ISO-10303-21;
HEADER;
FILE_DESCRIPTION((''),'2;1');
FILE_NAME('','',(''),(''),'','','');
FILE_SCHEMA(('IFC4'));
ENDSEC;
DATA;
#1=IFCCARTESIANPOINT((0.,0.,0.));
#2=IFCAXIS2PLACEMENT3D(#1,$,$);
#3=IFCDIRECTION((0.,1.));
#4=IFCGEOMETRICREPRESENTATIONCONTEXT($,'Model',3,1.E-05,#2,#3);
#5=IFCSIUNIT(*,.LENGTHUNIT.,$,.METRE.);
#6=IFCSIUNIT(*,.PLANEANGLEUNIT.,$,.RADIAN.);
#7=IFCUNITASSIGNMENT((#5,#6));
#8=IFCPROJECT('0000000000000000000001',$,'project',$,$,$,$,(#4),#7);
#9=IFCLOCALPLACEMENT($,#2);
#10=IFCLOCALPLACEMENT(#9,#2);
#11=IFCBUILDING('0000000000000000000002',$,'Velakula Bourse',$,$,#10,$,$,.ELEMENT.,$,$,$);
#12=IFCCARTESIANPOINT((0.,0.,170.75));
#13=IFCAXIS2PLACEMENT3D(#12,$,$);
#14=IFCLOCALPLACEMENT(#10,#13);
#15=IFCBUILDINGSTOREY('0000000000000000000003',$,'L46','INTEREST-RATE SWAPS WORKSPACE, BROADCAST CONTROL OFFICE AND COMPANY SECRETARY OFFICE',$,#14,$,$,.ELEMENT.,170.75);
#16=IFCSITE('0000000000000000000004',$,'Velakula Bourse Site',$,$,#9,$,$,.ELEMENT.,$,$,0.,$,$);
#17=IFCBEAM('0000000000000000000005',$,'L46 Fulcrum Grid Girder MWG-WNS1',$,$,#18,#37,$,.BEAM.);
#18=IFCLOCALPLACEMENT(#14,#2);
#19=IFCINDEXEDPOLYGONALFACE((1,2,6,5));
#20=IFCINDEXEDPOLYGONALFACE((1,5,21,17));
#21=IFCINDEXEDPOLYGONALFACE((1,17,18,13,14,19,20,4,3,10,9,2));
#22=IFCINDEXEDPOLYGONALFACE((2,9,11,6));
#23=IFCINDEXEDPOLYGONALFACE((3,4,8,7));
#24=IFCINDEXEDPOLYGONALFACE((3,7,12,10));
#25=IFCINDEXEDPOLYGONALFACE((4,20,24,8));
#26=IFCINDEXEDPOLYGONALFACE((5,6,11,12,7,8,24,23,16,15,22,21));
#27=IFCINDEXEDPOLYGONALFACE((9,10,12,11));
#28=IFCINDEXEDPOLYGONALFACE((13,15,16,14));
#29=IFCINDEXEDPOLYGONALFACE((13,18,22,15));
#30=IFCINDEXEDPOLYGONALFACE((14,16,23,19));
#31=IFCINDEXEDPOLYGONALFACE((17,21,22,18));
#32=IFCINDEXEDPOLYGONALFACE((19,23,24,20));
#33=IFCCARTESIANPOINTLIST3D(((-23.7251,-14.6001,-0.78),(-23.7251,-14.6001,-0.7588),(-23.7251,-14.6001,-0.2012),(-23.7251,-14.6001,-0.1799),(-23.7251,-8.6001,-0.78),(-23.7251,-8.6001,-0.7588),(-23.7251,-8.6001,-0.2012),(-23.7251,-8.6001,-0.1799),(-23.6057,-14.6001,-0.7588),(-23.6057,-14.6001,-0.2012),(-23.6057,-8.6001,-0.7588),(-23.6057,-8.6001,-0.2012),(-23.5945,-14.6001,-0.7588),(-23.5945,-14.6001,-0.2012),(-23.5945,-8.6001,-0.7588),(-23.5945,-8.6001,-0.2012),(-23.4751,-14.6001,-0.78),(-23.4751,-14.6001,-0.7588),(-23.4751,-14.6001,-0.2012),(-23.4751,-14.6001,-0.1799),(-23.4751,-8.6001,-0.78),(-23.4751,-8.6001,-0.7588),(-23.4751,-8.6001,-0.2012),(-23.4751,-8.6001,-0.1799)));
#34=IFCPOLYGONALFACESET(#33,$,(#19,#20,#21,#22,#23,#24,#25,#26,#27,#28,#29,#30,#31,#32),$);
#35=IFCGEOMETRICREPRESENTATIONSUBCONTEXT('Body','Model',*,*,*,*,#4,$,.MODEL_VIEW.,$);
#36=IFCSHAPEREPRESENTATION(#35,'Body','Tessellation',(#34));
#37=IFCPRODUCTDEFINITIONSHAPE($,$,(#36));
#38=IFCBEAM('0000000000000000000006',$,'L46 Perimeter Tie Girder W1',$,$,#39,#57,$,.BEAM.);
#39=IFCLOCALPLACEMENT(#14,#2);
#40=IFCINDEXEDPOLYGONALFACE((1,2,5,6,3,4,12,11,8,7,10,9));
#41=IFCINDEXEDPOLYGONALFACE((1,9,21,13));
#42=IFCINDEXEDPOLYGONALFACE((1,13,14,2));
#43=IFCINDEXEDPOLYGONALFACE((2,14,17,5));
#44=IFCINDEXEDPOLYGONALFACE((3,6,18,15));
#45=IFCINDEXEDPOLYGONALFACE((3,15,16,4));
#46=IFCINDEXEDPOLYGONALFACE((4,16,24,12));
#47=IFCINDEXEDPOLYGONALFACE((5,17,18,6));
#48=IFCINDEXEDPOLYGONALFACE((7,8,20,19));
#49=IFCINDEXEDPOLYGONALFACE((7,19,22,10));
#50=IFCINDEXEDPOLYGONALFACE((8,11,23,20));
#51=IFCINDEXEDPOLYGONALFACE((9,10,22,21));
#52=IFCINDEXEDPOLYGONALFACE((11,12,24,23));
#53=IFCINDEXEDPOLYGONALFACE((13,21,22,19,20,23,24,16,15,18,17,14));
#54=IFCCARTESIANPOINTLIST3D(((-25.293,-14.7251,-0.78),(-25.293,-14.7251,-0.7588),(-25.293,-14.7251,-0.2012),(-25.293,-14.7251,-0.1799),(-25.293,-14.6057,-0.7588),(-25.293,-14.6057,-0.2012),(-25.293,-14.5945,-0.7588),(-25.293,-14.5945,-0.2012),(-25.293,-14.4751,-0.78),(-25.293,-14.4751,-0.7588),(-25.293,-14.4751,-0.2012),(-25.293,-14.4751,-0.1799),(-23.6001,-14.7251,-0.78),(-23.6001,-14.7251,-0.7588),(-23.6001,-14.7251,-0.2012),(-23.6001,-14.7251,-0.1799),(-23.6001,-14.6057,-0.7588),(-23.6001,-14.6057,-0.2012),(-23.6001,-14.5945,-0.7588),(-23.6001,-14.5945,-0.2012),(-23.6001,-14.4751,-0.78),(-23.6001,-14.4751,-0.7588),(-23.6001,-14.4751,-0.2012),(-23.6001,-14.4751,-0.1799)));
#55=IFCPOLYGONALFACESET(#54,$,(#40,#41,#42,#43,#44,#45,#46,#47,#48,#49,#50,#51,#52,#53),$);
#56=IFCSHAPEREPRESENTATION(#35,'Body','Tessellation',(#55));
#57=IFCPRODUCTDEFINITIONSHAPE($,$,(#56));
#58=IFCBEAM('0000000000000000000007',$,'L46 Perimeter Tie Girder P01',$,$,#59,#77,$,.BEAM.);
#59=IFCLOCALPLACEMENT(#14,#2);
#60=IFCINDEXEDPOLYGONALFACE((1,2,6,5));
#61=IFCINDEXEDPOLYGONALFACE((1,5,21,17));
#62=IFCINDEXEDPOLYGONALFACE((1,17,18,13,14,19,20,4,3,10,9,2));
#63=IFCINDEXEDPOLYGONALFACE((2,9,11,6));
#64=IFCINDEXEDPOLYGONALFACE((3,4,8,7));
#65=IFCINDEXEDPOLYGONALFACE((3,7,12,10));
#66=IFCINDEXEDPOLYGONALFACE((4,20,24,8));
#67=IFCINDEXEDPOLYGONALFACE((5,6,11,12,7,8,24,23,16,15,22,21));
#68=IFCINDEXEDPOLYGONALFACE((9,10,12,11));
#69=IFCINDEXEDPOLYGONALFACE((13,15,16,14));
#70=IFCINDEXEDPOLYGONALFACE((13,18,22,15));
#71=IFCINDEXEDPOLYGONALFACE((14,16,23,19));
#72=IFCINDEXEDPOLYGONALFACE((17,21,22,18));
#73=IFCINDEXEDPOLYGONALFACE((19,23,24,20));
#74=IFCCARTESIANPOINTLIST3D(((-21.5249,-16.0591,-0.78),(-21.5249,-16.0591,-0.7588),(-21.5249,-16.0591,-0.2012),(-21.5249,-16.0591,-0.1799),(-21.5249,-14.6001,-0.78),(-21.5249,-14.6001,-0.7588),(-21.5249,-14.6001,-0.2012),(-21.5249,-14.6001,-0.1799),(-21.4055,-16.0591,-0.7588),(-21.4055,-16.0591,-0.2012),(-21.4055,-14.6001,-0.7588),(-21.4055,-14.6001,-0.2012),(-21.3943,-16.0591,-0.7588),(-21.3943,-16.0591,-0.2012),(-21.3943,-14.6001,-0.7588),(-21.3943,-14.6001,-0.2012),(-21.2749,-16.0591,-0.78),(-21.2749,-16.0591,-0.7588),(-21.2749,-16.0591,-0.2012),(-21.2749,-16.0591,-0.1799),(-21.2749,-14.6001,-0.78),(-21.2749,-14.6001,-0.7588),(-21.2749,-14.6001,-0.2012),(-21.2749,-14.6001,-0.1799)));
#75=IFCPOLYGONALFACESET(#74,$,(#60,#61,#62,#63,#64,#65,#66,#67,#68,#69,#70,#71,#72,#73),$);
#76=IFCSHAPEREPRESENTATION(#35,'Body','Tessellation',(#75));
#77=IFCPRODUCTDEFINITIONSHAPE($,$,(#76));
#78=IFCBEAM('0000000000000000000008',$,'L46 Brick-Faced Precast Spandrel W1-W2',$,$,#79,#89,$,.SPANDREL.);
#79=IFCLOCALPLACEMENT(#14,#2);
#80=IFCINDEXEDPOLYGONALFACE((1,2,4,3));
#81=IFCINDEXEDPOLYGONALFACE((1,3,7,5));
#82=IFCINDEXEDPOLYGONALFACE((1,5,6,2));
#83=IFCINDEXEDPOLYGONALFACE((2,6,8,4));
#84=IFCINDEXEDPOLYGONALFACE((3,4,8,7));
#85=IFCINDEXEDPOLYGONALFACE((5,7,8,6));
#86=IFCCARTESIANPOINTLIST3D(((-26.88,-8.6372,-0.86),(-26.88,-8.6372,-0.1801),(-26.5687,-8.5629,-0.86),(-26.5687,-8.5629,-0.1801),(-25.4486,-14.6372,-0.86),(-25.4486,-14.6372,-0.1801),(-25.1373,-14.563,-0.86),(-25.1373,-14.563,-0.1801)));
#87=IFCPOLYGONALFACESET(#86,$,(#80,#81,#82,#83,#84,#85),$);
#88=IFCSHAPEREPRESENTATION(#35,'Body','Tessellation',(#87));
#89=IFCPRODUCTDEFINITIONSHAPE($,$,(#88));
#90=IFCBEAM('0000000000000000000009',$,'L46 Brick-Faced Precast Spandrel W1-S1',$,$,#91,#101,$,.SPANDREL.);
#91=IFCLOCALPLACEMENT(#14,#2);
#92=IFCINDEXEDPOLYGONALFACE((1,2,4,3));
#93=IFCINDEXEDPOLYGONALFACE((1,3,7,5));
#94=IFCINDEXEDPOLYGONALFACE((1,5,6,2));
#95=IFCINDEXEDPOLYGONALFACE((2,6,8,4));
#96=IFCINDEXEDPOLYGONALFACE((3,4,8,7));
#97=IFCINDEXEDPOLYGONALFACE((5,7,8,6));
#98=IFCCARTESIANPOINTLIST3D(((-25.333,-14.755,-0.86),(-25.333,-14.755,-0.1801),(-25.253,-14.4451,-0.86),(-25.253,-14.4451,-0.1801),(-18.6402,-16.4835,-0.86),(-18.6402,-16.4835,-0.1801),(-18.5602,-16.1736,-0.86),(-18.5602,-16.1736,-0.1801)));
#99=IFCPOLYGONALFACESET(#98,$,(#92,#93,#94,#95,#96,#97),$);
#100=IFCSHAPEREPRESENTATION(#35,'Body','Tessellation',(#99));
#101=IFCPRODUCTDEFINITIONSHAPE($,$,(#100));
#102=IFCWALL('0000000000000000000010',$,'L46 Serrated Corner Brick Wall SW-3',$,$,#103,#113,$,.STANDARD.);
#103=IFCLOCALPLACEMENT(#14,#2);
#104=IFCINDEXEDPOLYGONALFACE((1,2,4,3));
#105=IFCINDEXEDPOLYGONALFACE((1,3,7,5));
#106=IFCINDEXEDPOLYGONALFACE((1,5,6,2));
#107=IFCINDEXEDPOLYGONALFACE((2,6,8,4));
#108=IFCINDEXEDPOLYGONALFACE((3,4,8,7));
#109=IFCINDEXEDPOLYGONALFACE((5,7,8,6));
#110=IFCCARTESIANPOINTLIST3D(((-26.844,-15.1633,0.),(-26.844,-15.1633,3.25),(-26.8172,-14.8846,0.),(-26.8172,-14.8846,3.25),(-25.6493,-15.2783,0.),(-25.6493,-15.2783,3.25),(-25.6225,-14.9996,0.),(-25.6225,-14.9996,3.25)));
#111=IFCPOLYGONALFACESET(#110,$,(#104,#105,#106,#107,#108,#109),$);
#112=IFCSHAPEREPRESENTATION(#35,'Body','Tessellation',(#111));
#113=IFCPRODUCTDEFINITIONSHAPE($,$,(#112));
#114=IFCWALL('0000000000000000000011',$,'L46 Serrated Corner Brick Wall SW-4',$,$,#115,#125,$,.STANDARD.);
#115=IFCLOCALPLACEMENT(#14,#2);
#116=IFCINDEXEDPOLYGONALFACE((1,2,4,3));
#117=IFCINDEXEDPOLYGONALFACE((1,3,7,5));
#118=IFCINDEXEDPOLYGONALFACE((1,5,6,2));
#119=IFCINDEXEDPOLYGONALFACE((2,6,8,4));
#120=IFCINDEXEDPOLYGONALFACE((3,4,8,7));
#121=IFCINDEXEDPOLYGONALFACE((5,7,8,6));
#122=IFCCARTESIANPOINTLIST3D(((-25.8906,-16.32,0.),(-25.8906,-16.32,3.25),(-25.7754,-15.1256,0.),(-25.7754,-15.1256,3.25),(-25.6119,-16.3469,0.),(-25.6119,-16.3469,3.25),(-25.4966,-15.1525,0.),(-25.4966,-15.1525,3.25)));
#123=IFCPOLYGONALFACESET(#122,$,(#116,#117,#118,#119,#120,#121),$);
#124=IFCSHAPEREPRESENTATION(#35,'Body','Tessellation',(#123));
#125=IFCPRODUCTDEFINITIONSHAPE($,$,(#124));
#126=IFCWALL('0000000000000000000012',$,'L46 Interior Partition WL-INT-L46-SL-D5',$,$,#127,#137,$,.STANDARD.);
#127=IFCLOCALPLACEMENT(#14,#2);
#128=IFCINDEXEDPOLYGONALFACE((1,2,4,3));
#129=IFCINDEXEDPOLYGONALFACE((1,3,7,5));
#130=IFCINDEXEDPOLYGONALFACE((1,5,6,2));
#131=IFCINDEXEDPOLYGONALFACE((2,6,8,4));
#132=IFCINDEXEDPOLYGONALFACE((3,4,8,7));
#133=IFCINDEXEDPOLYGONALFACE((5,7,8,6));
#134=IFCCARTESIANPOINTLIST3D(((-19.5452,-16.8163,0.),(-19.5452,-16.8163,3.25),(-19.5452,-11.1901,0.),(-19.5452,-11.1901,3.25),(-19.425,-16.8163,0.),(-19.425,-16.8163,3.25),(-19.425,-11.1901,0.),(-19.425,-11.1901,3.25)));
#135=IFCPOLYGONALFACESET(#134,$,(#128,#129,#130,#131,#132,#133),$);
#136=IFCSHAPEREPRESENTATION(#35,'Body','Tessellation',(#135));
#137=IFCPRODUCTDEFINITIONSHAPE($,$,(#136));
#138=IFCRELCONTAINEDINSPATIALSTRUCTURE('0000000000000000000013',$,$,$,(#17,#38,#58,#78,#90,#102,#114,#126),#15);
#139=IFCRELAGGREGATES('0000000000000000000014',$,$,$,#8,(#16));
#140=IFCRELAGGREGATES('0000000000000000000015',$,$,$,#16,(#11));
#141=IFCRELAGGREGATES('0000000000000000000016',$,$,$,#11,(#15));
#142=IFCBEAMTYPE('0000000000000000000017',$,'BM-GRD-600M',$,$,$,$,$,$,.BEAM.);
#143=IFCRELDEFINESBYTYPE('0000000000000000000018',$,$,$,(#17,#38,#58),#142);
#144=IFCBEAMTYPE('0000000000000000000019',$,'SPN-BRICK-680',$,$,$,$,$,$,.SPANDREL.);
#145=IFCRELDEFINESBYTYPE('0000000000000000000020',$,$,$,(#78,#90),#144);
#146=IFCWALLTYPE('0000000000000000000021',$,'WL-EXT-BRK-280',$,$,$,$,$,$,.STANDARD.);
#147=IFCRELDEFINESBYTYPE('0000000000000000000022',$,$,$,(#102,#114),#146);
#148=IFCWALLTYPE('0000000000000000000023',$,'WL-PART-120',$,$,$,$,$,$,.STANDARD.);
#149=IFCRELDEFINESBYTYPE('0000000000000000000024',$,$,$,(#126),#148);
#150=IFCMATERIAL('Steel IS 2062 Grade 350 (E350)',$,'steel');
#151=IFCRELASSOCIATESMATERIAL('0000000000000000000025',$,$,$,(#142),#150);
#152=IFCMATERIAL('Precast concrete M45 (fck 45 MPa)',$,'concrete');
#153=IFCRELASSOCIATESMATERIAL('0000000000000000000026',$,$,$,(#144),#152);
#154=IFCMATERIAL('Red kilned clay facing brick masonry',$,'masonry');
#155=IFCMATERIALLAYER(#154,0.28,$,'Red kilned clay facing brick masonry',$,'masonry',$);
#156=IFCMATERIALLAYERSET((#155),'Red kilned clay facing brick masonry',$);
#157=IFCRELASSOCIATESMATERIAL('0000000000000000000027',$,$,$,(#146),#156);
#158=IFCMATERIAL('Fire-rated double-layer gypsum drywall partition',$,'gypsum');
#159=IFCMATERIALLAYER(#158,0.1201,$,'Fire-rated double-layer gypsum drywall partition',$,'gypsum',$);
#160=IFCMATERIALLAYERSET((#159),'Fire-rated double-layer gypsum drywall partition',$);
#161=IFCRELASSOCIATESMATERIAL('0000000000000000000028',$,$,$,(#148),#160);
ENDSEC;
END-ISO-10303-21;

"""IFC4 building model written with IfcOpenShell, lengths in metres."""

from ifc_helpers import new_model, si_unit, direction, frame, frame_2d, origin, origin_2d, place, context, subcontext, project, spatial, rectangle, i_section, extrude, material, layer, layer_set, material_profile, profile_set, type_object, element, save


model = new_model("IFC4")

# Units and contexts
model_context = context("Model", 3, precision=1e-05, world=origin(), true_north=direction((0.0, 1.0)))
body_context = subcontext(model_context, "Body", "Model", "MODEL_VIEW")
ifc_project = project(units=[si_unit("LENGTHUNIT", "METRE"), si_unit("PLANEANGLEUNIT", "RADIAN")], contexts=[model_context])

# Site, building, storey
site_placement = place(None, origin())
site = spatial("IfcSite", under=ifc_project, at=site_placement, Name="Velakula Bourse Site", CompositionType="ELEMENT", RefElevation=0.0)
building_placement = place(site_placement, origin())
building = spatial("IfcBuilding", under=site, at=building_placement, Name="Velakula Bourse", CompositionType="ELEMENT")
storey_placement = place(building_placement, frame((0.0, 0.0, 170.75)))
storey = spatial("IfcBuildingStorey", under=building, at=storey_placement, Name="L46", Description="INTEREST-RATE SWAPS WORKSPACE, BROADCAST CONTROL OFFICE AND COMPANY SECRETARY OFFICE", CompositionType="ELEMENT", Elevation=170.75)

# Shared definitions
ifc_material_1 = material(Name="Steel IS 2062 Grade 350 (E350)", Category="steel")
ifc_material_2 = material(Name="Precast concrete M45 (fck 45 MPa)", Category="concrete")

# Beams
ifc_material_profile_1 = material_profile(ifc_material_1, i_section(OverallWidth=0.25, OverallDepth=0.6001, WebThickness=0.0112, FlangeThickness=0.0212, at=origin_2d()), Name="Steel IS 2062 Grade 350 (E350)")
ifc_profile_set_1 = profile_set([ifc_material_profile_1], Name="Steel IS 2062 Grade 350 (E350)")
beam_type_1 = type_object("IfcBeamType", Name="BM-GRD-600M", PredefinedType="BEAM", material=ifc_profile_set_1)
beam_1_placement = place(storey_placement, frame((-23.6001, -14.6001, -0.48), z_axis=(0.0, 1.0, 0.0), x_axis=(-1.0, 0.0, 0.0)))
element("IfcBeam", 1, at=beam_1_placement, inside=storey, type_object=beam_type_1, Name="L46 Fulcrum Grid Girder MWG-WNS1", PredefinedType="BEAM", context=body_context, shape_type="SweptSolid", body=[
    extrude(i_section(OverallWidth=0.25, OverallDepth=0.6001, WebThickness=0.0112, FlangeThickness=0.0212, at=origin_2d()), origin(), (0.0, 0.0, 1.0), 6.0),
])
beam_2_placement = place(storey_placement, frame((-23.6001, -14.6001, -0.48), z_axis=(-1.0, 0.0, 0.0), x_axis=(0.0, -1.0, 0.0)))
element("IfcBeam", 2, at=beam_2_placement, inside=storey, type_object=beam_type_1, Name="L46 Perimeter Tie Girder W1", PredefinedType="BEAM", context=body_context, shape_type="SweptSolid", body=[
    extrude(i_section(OverallWidth=0.25, OverallDepth=0.6001, WebThickness=0.0112, FlangeThickness=0.0212, at=origin_2d()), origin(), (0.0, 0.0, 1.0), 1.6929),
])
beam_3_placement = place(storey_placement, frame((-21.3999, -14.6001, -0.48), z_axis=(0.0, -1.0, 0.0), x_axis=(1.0, 0.0, 0.0)))
element("IfcBeam", 3, at=beam_3_placement, inside=storey, type_object=beam_type_1, Name="L46 Perimeter Tie Girder P01", PredefinedType="BEAM", context=body_context, shape_type="SweptSolid", body=[
    extrude(i_section(OverallWidth=0.25, OverallDepth=0.6001, WebThickness=0.0112, FlangeThickness=0.0212, at=origin_2d()), origin(), (0.0, 0.0, 1.0), 1.459),
])
ifc_material_profile_2 = material_profile(ifc_material_2, rectangle(XDim=0.3201, YDim=0.6799, at=origin_2d()), Name="Precast concrete M45 (fck 45 MPa)")
ifc_profile_set_2 = profile_set([ifc_material_profile_2], Name="Precast concrete M45 (fck 45 MPa)")
beam_type_2 = type_object("IfcBeamType", Name="SPN-BRICK-680", PredefinedType="SPANDREL", material=ifc_profile_set_2)
beam_4_placement = place(storey_placement, frame((-25.293, -14.6001, -0.52), z_axis=(-0.232054, 0.972703, 0.0), x_axis=(-0.972703, -0.232054, 0.0)))
element("IfcBeam", 4, at=beam_4_placement, inside=storey, type_object=beam_type_2, Name="L46 Brick-Faced Precast Spandrel W1-W2", PredefinedType="SPANDREL", context=body_context, shape_type="SweptSolid", body=[
    extrude(rectangle(XDim=0.3201, YDim=0.6799, at=origin_2d()), origin(), (0.0, 0.0, 1.0), 6.1685),
])
beam_5_placement = place(storey_placement, frame((-25.293, -14.6001, -0.52), z_axis=(0.968231, -0.250057, 0.0), x_axis=(0.250057, 0.968231, 0.0)))
element("IfcBeam", 5, at=beam_5_placement, inside=storey, type_object=beam_type_2, Name="L46 Brick-Faced Precast Spandrel W1-S1", PredefinedType="SPANDREL", context=body_context, shape_type="SweptSolid", body=[
    extrude(rectangle(XDim=0.3201, YDim=0.6799, at=origin_2d()), origin(), (0.0, 0.0, 1.0), 6.9124),
])

# Walls
ifc_material_3 = material(Name="Red kilned clay facing brick masonry", Category="masonry")
ifc_layer_1 = layer(ifc_material_3, 0.28, Name="Red kilned clay facing brick masonry", Category="masonry")
ifc_layer_set_1 = layer_set([ifc_layer_1], Name="Red kilned clay facing brick masonry")
wall_type_1 = type_object("IfcWallType", Name="WL-EXT-BRK-280", PredefinedType="STANDARD", material=ifc_layer_set_1)
wall_1_placement = place(storey_placement, frame((-26.8306, -15.0239, 0.0), z_axis=(0.0, 0.0, 1.0), x_axis=(0.995399, -0.095817, 0.0)))
element("IfcWall", 6, at=wall_1_placement, inside=storey, type_object=wall_type_1, Name="L46 Serrated Corner Brick Wall SW-3", PredefinedType="STANDARD", context=body_context, shape_type="SweptSolid", body=[
    extrude(rectangle(XDim=1.2002, YDim=0.28, at=frame_2d((0.6001, 0.0))), origin(), (0.0, 0.0, 1.0), 3.25),
])
wall_2_placement = place(storey_placement, frame((-25.636, -15.1389, 0.0), z_axis=(0.0, 0.0, 1.0), x_axis=(-0.096038, -0.995378, 0.0)))
element("IfcWall", 7, at=wall_2_placement, inside=storey, type_object=wall_type_1, Name="L46 Serrated Corner Brick Wall SW-4", PredefinedType="STANDARD", context=body_context, shape_type="SweptSolid", body=[
    extrude(rectangle(XDim=1.2, YDim=0.28, at=frame_2d((0.6001, 0.0))), origin(), (0.0, 0.0, 1.0), 3.25),
])
ifc_material_4 = material(Name="Fire-rated double-layer gypsum drywall partition", Category="gypsum")
ifc_layer_2 = layer(ifc_material_4, 0.1201, Name="Fire-rated double-layer gypsum drywall partition", Category="gypsum")
ifc_layer_set_2 = layer_set([ifc_layer_2], Name="Fire-rated double-layer gypsum drywall partition")
wall_type_2 = type_object("IfcWallType", Name="WL-PART-120", PredefinedType="STANDARD", material=ifc_layer_set_2)
wall_3_placement = place(storey_placement, frame((-19.4851, -16.8162, 0.0), z_axis=(0.0, 0.0, 1.0), x_axis=(0.0, 1.0, 0.0)))
element("IfcWall", 8, at=wall_3_placement, inside=storey, type_object=wall_type_2, Name="L46 Interior Partition WL-INT-L46-SL-D5", PredefinedType="STANDARD", context=body_context, shape_type="SweptSolid", body=[
    extrude(rectangle(XDim=5.6262, YDim=0.1201, at=frame_2d((2.813, 0.0))), origin(), (0.0, 0.0, 1.0), 3.25),
])

save(model, "model.ifc")
